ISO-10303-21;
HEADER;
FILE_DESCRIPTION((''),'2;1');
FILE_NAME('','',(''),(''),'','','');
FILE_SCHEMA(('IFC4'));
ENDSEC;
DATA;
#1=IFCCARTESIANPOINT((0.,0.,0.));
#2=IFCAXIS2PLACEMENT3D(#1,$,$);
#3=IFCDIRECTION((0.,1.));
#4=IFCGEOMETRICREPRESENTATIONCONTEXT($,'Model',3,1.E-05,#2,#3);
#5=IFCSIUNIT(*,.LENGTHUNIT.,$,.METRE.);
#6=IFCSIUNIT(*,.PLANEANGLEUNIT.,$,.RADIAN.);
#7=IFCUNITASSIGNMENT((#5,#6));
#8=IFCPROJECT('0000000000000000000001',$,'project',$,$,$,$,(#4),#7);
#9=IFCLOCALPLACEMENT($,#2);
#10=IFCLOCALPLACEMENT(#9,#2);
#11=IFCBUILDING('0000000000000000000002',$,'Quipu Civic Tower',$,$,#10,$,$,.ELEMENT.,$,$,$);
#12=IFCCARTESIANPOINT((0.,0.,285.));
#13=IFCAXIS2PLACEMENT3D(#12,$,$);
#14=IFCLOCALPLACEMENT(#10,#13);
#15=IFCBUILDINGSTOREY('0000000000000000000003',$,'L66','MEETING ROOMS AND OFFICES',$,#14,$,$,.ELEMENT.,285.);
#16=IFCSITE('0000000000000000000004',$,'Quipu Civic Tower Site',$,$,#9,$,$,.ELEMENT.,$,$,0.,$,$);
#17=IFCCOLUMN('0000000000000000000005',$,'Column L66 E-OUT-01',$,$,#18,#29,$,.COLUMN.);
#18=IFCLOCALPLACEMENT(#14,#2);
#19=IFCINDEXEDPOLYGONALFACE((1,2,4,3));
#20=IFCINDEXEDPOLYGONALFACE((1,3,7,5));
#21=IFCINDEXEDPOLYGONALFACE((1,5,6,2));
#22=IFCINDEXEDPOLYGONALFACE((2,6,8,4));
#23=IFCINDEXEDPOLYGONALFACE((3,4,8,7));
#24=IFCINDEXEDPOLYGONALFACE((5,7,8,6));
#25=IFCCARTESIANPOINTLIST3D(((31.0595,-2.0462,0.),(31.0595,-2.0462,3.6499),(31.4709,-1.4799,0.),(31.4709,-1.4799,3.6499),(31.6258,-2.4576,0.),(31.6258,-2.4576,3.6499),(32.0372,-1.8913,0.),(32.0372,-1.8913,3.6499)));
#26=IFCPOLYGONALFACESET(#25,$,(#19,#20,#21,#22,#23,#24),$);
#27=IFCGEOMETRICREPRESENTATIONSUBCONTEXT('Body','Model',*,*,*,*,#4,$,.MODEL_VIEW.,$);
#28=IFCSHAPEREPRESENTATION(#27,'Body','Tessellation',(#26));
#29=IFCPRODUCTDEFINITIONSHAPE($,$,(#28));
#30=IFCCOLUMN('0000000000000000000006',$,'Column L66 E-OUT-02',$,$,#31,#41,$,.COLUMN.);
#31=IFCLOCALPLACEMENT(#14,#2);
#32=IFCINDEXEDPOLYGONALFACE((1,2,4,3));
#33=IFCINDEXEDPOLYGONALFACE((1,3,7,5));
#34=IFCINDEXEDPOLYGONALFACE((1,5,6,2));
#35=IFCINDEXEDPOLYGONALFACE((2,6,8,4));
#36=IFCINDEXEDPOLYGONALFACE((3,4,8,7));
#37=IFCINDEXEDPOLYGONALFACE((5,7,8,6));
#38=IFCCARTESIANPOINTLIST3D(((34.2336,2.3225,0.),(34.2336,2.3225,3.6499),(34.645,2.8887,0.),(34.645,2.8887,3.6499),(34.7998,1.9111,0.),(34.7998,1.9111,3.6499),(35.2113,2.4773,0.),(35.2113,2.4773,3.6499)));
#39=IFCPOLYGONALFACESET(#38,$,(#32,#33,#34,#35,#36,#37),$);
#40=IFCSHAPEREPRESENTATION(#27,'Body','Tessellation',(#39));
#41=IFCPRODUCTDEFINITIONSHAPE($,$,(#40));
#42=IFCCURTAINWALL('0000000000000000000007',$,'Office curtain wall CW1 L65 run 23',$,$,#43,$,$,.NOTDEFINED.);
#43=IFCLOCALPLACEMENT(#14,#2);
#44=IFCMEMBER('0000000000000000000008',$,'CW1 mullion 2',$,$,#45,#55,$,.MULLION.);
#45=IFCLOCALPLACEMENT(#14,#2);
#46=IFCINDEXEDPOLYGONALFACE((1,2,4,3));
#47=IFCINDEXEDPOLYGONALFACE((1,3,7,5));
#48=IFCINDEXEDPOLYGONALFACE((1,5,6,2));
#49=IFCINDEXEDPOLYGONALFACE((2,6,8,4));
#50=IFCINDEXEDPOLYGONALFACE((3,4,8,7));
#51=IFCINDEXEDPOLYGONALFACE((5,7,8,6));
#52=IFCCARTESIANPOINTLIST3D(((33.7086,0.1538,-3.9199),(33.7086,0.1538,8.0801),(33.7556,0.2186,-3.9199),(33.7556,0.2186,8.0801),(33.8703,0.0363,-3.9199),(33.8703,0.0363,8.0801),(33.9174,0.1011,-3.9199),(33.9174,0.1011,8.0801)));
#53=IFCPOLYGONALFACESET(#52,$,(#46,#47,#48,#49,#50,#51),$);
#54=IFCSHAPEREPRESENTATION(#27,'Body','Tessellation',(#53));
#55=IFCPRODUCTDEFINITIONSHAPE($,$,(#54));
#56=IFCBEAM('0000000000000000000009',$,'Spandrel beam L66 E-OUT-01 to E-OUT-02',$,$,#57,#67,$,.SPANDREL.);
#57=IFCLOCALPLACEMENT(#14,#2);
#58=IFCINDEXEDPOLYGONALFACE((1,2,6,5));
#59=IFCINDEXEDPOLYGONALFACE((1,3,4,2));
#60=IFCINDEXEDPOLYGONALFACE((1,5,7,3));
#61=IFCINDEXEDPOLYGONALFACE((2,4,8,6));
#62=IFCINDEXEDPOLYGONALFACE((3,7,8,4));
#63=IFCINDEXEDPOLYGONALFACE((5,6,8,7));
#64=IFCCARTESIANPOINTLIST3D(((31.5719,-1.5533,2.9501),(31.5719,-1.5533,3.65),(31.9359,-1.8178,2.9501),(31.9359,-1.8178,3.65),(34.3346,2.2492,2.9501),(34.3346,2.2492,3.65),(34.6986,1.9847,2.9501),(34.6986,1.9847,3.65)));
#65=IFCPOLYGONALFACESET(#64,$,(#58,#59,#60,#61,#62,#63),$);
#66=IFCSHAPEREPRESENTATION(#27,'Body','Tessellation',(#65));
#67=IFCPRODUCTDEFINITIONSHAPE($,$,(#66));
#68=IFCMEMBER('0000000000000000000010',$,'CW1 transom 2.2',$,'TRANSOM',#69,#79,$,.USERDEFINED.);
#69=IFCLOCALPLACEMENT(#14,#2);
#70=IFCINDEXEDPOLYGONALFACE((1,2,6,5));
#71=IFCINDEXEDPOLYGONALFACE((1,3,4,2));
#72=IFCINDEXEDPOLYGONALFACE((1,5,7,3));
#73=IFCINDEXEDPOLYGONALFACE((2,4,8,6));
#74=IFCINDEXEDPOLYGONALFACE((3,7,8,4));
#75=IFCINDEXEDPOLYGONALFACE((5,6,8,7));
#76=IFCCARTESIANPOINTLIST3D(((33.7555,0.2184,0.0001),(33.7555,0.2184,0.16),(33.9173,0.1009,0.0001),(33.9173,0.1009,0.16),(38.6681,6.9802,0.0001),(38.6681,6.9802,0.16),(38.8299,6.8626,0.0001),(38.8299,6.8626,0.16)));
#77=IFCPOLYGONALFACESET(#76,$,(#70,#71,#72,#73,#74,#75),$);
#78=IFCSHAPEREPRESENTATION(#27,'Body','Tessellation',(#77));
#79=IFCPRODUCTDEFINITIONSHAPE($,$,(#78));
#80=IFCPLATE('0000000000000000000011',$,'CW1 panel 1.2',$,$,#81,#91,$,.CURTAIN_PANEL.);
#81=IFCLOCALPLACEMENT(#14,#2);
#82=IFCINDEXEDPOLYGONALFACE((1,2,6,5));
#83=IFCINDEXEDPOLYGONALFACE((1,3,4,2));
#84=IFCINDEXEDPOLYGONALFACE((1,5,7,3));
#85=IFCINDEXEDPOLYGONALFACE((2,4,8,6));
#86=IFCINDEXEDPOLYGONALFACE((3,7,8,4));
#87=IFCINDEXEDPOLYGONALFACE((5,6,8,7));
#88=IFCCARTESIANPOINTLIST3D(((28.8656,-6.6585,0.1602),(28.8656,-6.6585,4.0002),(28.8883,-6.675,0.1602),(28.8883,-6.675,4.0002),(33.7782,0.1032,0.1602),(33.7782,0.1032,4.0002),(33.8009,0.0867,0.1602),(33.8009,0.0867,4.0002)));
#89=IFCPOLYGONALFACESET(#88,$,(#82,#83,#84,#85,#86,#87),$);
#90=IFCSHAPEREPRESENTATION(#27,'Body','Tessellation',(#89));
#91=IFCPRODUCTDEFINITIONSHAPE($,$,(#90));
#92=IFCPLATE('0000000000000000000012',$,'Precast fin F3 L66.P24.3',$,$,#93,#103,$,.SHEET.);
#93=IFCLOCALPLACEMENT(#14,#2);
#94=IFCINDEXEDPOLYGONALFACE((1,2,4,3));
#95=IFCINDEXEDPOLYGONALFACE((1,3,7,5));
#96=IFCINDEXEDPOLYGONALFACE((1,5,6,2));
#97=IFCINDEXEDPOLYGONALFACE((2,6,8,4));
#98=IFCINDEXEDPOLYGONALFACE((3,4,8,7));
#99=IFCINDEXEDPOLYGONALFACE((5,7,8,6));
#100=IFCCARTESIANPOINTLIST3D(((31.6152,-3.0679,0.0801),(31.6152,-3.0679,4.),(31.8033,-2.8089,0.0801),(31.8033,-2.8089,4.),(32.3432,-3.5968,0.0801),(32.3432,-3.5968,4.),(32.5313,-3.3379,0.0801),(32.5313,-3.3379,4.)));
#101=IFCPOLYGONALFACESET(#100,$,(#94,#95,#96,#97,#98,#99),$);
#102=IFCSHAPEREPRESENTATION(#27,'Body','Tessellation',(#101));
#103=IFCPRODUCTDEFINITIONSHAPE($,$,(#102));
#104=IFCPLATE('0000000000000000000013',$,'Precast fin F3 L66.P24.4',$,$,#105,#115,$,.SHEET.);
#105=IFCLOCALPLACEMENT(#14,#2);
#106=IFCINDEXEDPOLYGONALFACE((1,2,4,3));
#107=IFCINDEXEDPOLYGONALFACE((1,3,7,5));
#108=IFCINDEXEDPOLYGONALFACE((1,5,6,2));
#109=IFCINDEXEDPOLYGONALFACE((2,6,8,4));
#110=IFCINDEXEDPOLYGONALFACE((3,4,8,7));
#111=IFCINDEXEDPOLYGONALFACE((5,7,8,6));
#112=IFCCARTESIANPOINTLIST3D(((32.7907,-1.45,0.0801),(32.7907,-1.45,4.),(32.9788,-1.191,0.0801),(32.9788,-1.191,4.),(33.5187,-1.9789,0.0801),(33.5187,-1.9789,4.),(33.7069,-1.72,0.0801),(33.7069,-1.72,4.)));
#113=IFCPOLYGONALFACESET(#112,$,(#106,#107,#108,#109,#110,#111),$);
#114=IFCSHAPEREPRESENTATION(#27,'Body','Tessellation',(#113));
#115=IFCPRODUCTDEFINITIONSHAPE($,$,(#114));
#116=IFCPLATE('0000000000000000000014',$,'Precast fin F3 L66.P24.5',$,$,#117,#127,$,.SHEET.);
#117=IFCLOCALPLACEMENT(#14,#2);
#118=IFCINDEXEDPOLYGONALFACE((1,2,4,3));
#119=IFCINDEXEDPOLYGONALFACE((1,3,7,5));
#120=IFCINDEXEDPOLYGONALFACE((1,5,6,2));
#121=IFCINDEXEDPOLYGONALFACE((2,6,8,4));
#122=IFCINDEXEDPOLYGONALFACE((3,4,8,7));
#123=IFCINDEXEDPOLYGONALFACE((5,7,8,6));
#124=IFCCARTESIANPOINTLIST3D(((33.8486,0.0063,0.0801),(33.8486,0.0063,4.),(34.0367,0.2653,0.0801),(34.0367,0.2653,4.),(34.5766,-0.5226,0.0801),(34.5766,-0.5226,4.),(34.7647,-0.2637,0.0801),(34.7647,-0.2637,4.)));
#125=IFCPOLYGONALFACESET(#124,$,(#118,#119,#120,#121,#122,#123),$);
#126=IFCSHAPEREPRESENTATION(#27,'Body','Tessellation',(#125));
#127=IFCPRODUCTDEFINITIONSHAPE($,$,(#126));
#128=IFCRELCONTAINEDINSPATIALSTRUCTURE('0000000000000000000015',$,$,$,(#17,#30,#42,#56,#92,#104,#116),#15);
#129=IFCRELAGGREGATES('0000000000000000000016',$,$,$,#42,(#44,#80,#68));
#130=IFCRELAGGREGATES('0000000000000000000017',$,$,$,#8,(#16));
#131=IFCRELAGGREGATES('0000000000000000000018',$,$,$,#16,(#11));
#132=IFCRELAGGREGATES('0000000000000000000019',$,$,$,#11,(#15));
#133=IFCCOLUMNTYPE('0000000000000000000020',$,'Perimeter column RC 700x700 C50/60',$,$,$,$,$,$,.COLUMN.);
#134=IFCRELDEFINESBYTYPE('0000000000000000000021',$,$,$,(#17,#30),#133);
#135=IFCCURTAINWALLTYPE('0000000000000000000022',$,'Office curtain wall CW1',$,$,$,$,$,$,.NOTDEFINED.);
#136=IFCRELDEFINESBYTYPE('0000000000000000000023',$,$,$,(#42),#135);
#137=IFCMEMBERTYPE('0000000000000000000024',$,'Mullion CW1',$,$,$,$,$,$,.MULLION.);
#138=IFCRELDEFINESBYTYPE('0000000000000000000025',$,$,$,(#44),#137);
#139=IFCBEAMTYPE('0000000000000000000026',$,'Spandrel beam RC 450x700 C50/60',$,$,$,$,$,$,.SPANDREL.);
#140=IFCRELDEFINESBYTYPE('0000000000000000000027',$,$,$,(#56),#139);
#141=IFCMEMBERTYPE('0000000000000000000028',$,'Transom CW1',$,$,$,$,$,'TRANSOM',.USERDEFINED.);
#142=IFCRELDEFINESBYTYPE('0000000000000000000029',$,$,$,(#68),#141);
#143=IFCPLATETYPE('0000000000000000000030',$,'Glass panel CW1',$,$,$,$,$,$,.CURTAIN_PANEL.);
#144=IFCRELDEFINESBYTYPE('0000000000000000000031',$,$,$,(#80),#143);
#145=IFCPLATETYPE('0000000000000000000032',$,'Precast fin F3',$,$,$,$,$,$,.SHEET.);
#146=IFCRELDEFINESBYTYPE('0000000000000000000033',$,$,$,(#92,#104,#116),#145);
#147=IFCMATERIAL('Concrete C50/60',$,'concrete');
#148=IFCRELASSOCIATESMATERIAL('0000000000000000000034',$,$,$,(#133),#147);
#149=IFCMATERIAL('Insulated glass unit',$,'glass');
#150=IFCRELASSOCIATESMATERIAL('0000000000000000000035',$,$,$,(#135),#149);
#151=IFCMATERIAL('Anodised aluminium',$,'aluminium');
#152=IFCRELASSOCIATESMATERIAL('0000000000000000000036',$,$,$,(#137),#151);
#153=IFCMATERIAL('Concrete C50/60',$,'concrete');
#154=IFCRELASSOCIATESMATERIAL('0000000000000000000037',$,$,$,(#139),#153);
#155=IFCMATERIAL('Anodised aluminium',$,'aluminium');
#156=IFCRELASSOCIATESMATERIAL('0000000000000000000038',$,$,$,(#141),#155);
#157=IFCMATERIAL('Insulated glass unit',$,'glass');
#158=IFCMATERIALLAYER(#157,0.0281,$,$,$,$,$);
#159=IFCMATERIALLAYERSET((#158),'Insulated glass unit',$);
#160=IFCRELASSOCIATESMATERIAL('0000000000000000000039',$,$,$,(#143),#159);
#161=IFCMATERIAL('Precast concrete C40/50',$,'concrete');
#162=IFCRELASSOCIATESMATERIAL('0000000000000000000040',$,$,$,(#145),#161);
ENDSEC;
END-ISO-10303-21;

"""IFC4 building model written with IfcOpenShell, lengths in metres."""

from ifc_helpers import new_model, si_unit, direction, frame, origin, origin_2d, place, context, subcontext, project, spatial, rectangle, extrude, material, layer, layer_set, material_profile, profile_set, type_object, element, aggregate, save


model = new_model("IFC4")

# Units and contexts
model_context = context("Model", 3, precision=1e-05, world=origin(), true_north=direction((0.0, 1.0)))
body_context = subcontext(model_context, "Body", "Model", "MODEL_VIEW")
ifc_project = project(units=[si_unit("LENGTHUNIT", "METRE"), si_unit("PLANEANGLEUNIT", "RADIAN")], contexts=[model_context])

# Site, building, storey
site_placement = place(None, origin())
site = spatial("IfcSite", under=ifc_project, at=site_placement, Name="Quipu Civic Tower Site", CompositionType="ELEMENT", RefElevation=0.0)
building_placement = place(site_placement, origin())
building = spatial("IfcBuilding", under=site, at=building_placement, Name="Quipu Civic Tower", CompositionType="ELEMENT")
storey_placement = place(building_placement, frame((0.0, 0.0, 285.0)))
storey = spatial("IfcBuildingStorey", under=building, at=storey_placement, Name="L66", Description="MEETING ROOMS AND OFFICES", CompositionType="ELEMENT", Elevation=285.0)

# Columns
ifc_material_1 = material(Name="Concrete C50/60", Category="concrete")
ifc_material_profile_1 = material_profile(ifc_material_1, rectangle(XDim=0.7, YDim=0.7, at=origin_2d()), Name="RC700x700")
ifc_profile_set_1 = profile_set([ifc_material_profile_1], Name="Concrete C50/60")
column_type = type_object("IfcColumnType", Name="Perimeter column RC 700x700 C50/60", PredefinedType="COLUMN", material=ifc_profile_set_1)
for number, where, z_axis, x_axis, name in (
    (1, (31.5483, -1.9688, 0.0), (0.0, 0.0, 1.0), (0.587785, 0.809017, 0.0), "Column L66 E-OUT-01"),
    (2, (34.7224, 2.3999, 0.0), (0.0, 0.0, 1.0), (0.587785, 0.809017, 0.0), "Column L66 E-OUT-02"),
):
    element("IfcColumn", number, at=place(storey_placement, frame(where, z_axis=z_axis, x_axis=x_axis)), inside=storey, type_object=column_type, Name=name, PredefinedType="COLUMN", context=body_context, shape_type="SweptSolid", body=[
        extrude(rectangle(XDim=0.7, YDim=0.7, at=origin_2d()), origin(), (0.0, 0.0, 1.0), 3.6499),
    ])

# Curtain wall, member
ifc_material_2 = material(Name="Insulated glass unit", Category="glass")
curtain_wall_type = type_object("IfcCurtainWallType", Name="Office curtain wall CW1", PredefinedType="NOTDEFINED", material=ifc_material_2)
curtain_wall_placement = place(storey_placement, origin())
curtain_wall = element("IfcCurtainWall", 3, at=curtain_wall_placement, inside=storey, type_object=curtain_wall_type, Name="Office curtain wall CW1 L65 run 23", PredefinedType="NOTDEFINED")
ifc_material_3 = material(Name="Anodised aluminium", Category="aluminium")
ifc_material_profile_2 = material_profile(ifc_material_3, rectangle(XDim=0.2, YDim=0.0801, at=origin_2d()), Name="RECT 200x80")
ifc_profile_set_2 = profile_set([ifc_material_profile_2], Name="Anodised aluminium")
member_type_1 = type_object("IfcMemberType", Name="Mullion CW1", PredefinedType="MULLION", material=ifc_profile_set_2)
member_1_placement = place(storey_placement, frame((33.813, 0.1274, -3.9199), z_axis=(0.0, 0.0, 1.0), x_axis=(-0.809016, 0.587786, 0.0)))
member_1 = element("IfcMember", 4, at=member_1_placement, type_object=member_type_1, Name="CW1 mullion 2", PredefinedType="MULLION", context=body_context, shape_type="SweptSolid", body=[
    extrude(rectangle(XDim=0.2, YDim=0.0801, at=origin_2d()), origin(), (0.0, 0.0, 1.0), 12.0),
])

# Beam
ifc_material_4 = material(Name="Concrete C50/60", Category="concrete")
ifc_material_profile_3 = material_profile(ifc_material_4, rectangle(XDim=0.45, YDim=0.7, at=origin_2d()), Name="RC450x700")
ifc_profile_set_3 = profile_set([ifc_material_profile_3], Name="Concrete C50/60")
beam_type = type_object("IfcBeamType", Name="Spandrel beam RC 450x700 C50/60", PredefinedType="SPANDREL", material=ifc_profile_set_3)
beam_placement = place(storey_placement, frame((31.7539, -1.6855, 3.3), z_axis=(0.587789, 0.809015, 0.0), x_axis=(-0.809015, 0.587789, 0.0)))
element("IfcBeam", 5, at=beam_placement, inside=storey, type_object=beam_type, Name="Spandrel beam L66 E-OUT-01 to E-OUT-02", PredefinedType="SPANDREL", context=body_context, shape_type="SweptSolid", body=[
    extrude(rectangle(XDim=0.45, YDim=0.7, at=origin_2d()), origin(), (0.0, 0.0, 1.0), 4.7002),
])

# Member
ifc_material_5 = material(Name="Anodised aluminium", Category="aluminium")
ifc_material_profile_4 = material_profile(ifc_material_5, rectangle(XDim=0.2, YDim=0.1599, at=origin_2d()), Name="RECT 200x160")
ifc_profile_set_4 = profile_set([ifc_material_profile_4], Name="Anodised aluminium")
member_type_2 = type_object("IfcMemberType", Name="Transom CW1", ElementType="TRANSOM", PredefinedType="USERDEFINED", material=ifc_profile_set_4)
member_2_placement = place(storey_placement, frame((33.8364, 0.1597, 0.0801), z_axis=(0.587779, 0.809021, 0.0), x_axis=(-0.809021, 0.587779, 0.0)))
member_2 = element("IfcMember", 6, at=member_2_placement, type_object=member_type_2, Name="CW1 transom 2.2", ObjectType="TRANSOM", PredefinedType="USERDEFINED", context=body_context, shape_type="SweptSolid", body=[
    extrude(rectangle(XDim=0.2, YDim=0.1599, at=origin_2d()), origin(), (0.0, 0.0, 1.0), 8.3579),
])

# Plate
ifc_material_6 = material(Name="Insulated glass unit", Category="glass")
ifc_layer_1 = layer(ifc_material_6, 0.0281)
ifc_layer_set_1 = layer_set([ifc_layer_1], Name="Insulated glass unit")
plate_type_1 = type_object("IfcPlateType", Name="Glass panel CW1", PredefinedType="CURTAIN_PANEL", material=ifc_layer_set_1)
plate_placement = place(storey_placement, frame((31.3333, -3.2859, 0.1602), z_axis=(0.0, 0.0, 1.0), x_axis=(0.587786, 0.809016, 0.0)))
plate = element("IfcPlate", 7, at=plate_placement, type_object=plate_type_1, Name="CW1 panel 1.2", PredefinedType="CURTAIN_PANEL", context=body_context, shape_type="SweptSolid", body=[
    extrude(rectangle(XDim=8.3579, YDim=0.0281, at=origin_2d()), origin(), (0.0, 0.0, 1.0), 3.8401),
])
aggregate(curtain_wall, [member_1, plate, member_2])

# Plates
ifc_material_7 = material(Name="Precast concrete C40/50", Category="concrete")
plate_type_2 = type_object("IfcPlateType", Name="Precast fin F3", PredefinedType="SHEET", material=ifc_material_7)
for number, where, z_axis, x_axis, name in (
    (8, (32.0732, -3.2029, 0.0801), (0.0, 0.0, 1.0), (0.587787, 0.809016, 0.0), "Precast fin F3 L66.P24.3"),
    (9, (33.2488, -1.585, 0.0801), (0.0, 0.0, 1.0), (0.587787, 0.809016, 0.0), "Precast fin F3 L66.P24.4"),
    (10, (34.3066, -0.1287, 0.0801), (0.0, 0.0, 1.0), (0.587787, 0.809016, 0.0), "Precast fin F3 L66.P24.5"),
):
    element("IfcPlate", number, at=place(storey_placement, frame(where, z_axis=z_axis, x_axis=x_axis)), inside=storey, type_object=plate_type_2, Name=name, PredefinedType="SHEET", context=body_context, shape_type="SweptSolid", body=[
        extrude(rectangle(XDim=0.3201, YDim=0.8999, at=origin_2d()), origin(), (0.0, 0.0, 1.0), 3.9199),
    ])

save(model, "model.ifc")
